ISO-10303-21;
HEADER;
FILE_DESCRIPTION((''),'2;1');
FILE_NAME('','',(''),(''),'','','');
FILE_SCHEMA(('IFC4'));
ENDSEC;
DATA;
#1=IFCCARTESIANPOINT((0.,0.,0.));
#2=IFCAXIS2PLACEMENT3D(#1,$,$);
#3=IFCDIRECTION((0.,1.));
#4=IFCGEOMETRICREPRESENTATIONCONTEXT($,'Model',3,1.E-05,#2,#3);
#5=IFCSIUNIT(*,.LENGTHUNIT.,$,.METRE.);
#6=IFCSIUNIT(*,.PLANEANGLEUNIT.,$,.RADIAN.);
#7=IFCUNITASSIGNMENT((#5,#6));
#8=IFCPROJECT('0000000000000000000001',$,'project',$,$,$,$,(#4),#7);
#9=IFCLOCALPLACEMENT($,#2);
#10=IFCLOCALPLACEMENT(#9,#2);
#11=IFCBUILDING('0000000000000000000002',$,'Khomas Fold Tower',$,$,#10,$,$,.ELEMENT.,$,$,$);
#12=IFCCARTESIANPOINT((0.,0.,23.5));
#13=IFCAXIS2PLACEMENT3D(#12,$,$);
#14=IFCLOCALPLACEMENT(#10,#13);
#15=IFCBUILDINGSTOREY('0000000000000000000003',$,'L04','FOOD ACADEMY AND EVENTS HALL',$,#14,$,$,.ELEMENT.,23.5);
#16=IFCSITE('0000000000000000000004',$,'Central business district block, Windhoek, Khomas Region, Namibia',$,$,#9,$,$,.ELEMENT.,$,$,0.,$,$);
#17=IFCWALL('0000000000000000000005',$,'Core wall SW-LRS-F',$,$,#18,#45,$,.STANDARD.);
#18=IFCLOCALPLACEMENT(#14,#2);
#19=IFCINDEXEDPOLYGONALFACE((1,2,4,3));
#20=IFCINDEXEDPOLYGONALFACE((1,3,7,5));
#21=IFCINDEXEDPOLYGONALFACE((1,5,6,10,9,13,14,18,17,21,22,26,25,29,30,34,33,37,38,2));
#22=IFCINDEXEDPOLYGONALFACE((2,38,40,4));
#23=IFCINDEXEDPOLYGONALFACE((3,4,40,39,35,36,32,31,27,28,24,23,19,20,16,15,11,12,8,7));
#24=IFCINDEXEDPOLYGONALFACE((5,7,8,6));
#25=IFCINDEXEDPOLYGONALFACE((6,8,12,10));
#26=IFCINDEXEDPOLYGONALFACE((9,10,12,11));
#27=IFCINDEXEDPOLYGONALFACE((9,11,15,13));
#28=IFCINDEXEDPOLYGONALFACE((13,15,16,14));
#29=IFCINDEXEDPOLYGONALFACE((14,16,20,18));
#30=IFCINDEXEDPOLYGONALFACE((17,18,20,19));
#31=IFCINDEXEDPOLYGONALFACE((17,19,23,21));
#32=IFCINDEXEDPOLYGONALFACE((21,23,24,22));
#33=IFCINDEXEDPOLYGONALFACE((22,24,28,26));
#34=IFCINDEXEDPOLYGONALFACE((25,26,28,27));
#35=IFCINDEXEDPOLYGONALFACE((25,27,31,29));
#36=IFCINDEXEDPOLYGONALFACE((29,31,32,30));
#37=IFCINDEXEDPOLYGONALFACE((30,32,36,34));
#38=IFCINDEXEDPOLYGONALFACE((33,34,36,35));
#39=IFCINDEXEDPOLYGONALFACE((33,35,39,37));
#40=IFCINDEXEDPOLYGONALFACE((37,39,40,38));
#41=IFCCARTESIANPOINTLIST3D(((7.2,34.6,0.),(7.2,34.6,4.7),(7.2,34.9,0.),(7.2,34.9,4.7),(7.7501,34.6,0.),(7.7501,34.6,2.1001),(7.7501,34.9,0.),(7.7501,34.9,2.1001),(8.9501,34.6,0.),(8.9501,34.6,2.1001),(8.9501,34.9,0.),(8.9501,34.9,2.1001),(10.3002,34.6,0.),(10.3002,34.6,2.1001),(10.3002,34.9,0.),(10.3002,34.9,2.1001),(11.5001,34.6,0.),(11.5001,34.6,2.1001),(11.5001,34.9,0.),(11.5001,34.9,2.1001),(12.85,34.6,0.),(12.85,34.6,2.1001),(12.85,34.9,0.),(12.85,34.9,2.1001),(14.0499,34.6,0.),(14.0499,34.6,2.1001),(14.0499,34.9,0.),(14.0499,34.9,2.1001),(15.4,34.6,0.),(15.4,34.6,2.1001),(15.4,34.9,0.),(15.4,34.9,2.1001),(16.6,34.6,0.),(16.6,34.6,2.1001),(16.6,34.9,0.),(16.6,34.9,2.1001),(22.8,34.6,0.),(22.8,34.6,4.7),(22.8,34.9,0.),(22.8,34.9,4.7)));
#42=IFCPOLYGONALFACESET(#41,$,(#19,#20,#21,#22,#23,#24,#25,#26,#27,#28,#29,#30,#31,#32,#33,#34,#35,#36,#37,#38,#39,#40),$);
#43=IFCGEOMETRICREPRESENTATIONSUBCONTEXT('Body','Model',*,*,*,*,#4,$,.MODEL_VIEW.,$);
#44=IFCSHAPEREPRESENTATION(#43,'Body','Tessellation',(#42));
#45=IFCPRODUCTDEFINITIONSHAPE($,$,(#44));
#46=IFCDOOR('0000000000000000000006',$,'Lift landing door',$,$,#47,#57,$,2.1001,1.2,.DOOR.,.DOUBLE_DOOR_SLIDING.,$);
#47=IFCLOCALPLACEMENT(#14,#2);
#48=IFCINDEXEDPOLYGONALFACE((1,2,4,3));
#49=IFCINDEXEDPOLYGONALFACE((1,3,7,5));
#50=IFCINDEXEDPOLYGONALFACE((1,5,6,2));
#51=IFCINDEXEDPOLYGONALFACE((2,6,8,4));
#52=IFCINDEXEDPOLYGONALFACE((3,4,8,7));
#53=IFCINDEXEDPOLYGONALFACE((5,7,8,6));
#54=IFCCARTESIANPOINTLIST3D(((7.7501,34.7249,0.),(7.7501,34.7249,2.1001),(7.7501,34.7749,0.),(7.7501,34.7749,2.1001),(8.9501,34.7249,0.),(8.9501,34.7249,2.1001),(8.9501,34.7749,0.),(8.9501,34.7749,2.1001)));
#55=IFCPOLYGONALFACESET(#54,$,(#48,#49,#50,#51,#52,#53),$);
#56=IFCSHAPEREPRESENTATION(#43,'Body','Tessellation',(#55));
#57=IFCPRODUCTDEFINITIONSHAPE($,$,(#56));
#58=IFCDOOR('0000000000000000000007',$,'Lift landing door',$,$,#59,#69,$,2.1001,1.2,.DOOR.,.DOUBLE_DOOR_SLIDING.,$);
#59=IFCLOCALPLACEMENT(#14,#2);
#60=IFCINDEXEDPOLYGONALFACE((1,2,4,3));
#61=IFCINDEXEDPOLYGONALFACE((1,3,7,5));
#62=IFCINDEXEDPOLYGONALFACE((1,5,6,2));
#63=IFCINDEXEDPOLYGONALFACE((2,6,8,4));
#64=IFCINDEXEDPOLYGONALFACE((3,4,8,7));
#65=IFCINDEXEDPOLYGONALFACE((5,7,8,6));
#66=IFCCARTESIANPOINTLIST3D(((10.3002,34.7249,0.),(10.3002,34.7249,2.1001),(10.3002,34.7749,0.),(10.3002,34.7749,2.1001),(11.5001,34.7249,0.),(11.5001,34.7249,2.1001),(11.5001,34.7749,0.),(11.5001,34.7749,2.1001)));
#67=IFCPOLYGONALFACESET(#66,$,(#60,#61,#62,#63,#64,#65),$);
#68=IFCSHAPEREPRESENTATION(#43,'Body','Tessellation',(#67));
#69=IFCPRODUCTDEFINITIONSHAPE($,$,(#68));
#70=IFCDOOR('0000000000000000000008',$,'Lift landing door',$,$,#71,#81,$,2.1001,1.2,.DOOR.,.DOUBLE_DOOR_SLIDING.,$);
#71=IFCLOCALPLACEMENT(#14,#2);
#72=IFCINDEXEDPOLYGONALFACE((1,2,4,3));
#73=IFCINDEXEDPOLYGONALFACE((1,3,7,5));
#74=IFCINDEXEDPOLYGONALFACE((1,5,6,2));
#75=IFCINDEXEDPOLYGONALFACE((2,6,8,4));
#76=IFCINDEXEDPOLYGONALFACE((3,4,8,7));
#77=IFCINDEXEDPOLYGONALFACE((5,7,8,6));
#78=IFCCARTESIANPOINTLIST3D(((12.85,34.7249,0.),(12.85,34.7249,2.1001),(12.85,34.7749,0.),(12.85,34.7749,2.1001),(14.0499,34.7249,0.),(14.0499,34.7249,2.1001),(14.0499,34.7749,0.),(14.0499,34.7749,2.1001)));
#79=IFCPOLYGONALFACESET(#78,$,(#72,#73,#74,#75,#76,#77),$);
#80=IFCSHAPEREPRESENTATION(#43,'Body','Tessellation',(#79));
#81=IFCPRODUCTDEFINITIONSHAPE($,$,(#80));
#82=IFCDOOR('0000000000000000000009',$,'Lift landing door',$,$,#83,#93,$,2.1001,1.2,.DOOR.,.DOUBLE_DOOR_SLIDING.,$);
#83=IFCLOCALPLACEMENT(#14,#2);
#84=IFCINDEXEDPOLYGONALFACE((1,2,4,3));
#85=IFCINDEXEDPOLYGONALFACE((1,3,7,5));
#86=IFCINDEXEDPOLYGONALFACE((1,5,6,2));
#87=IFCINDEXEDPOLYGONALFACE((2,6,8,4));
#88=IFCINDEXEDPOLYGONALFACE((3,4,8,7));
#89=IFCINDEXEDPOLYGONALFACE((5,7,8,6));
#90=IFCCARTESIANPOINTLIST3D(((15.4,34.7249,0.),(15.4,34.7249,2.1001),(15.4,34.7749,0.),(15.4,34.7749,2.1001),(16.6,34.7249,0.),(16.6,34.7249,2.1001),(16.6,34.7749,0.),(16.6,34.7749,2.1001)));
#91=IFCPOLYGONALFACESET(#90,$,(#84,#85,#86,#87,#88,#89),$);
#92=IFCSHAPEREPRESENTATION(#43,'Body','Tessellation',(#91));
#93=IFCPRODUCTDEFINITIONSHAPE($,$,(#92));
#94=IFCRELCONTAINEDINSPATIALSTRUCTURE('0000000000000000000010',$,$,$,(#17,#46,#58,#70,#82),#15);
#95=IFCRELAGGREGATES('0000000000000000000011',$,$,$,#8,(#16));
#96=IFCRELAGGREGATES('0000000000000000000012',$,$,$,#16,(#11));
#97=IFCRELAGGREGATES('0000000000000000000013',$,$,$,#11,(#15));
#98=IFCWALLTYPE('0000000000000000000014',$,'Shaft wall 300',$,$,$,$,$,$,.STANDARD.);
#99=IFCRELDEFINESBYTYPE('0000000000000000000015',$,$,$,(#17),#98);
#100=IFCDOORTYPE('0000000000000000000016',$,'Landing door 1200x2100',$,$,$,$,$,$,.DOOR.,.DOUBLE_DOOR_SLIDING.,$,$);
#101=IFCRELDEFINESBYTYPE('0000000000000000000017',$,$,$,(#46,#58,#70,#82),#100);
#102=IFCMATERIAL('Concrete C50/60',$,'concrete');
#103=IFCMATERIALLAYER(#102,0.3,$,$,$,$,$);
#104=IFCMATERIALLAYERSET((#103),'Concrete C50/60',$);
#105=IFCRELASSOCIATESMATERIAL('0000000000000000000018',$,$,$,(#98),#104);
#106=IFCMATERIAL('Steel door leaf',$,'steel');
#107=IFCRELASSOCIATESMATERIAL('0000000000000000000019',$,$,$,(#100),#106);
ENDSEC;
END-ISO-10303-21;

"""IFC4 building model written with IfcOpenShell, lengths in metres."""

from ifc_helpers import new_model, si_unit, direction, frame, frame_2d, origin, place, context, subcontext, project, spatial, rectangle, extrude, source, transform, mapped, material, layer, layer_set, type_object, element, fill, save


model = new_model("IFC4")

# Units and contexts
model_context = context("Model", 3, precision=1e-05, world=origin(), true_north=direction((0.0, 1.0)))
body_context = subcontext(model_context, "Body", "Model", "MODEL_VIEW")
ifc_project = project(units=[si_unit("LENGTHUNIT", "METRE"), si_unit("PLANEANGLEUNIT", "RADIAN")], contexts=[model_context])

# Site, building, storey
site_placement = place(None, origin())
site = spatial("IfcSite", under=ifc_project, at=site_placement, Name="Central business district block, Windhoek, Khomas Region, Namibia", CompositionType="ELEMENT", RefElevation=0.0)
building_placement = place(site_placement, origin())
building = spatial("IfcBuilding", under=site, at=building_placement, Name="Khomas Fold Tower", CompositionType="ELEMENT")
storey_placement = place(building_placement, frame((0.0, 0.0, 23.5)))
storey = spatial("IfcBuildingStorey", under=building, at=storey_placement, Name="L04", Description="FOOD ACADEMY AND EVENTS HALL", CompositionType="ELEMENT", Elevation=23.5)

# Shared definitions
ifc_material_1 = material(Name="Concrete C50/60", Category="concrete")
ifc_layer_1 = layer(ifc_material_1, 0.3)
ifc_layer_set_1 = layer_set([ifc_layer_1], Name="Concrete C50/60")
wall_type_1 = type_object("IfcWallType", Name="Shaft wall 300", PredefinedType="STANDARD", material=ifc_layer_set_1)
shared_shape_1 = source(origin(), body_context, "Body", "SweptSolid", [
    extrude(rectangle(XDim=15.6001, YDim=0.3, at=frame_2d((7.8, 0.0))), origin(), (0.0, 0.0, 1.0), 4.7),
])

# Wall, openings, doors
shared_shape_2 = source(origin(), body_context, "Body", "SweptSolid", [
    extrude(rectangle(XDim=1.2, YDim=2.1001, at=frame_2d((0.6001, 1.05))), frame((0.0, 0.1599, 0.0), z_axis=(0.0, -1.0, 0.0), x_axis=(1.0, 0.0, 0.0)), (0.0, 0.0, 1.0), 0.3201),
])
ifc_material_2 = material(Name="Steel door leaf", Category="steel")
door_type_1 = type_object("IfcDoorType", Name="Landing door 1200x2100", OperationType="DOUBLE_DOOR_SLIDING", PredefinedType="DOOR", material=ifc_material_2)
shared_shape_3 = source(origin(), body_context, "Body", "SweptSolid", [
    extrude(rectangle(XDim=1.2, YDim=2.1001, at=frame_2d((0.6001, 1.05))), frame((0.0, 0.0249, 0.0), z_axis=(0.0, -1.0, 0.0), x_axis=(1.0, 0.0, 0.0)), (0.0, 0.0, 1.0), 0.05),
])
wall_1_placement = place(storey_placement, frame((7.2, 34.75, 0.0), z_axis=(0.0, 0.0, 1.0), x_axis=(1.0, 0.0, 0.0)))
wall_1 = element("IfcWall", 1, at=wall_1_placement, inside=storey, type_object=wall_type_1, Name="Core wall SW-LRS-F", PredefinedType="STANDARD", context=body_context, shape_type="MappedRepresentation", body=[
    mapped(shared_shape_1, transform((0.0, 0.0, 0.0))),
])
opening_1_placement = place(wall_1_placement, frame((0.55, 0.0, 0.0)))
opening_1 = element("IfcOpeningElement", 2, at=opening_1_placement, cuts=wall_1, PredefinedType="OPENING", context=body_context, shape_type="MappedRepresentation", body=[
    mapped(shared_shape_2, transform((0.0, 0.0, 0.0))),
])
opening_2_placement = place(wall_1_placement, frame((3.1001, 0.0, 0.0)))
opening_2 = element("IfcOpeningElement", 3, at=opening_2_placement, cuts=wall_1, PredefinedType="OPENING", context=body_context, shape_type="MappedRepresentation", body=[
    mapped(shared_shape_2, transform((0.0, 0.0, 0.0))),
])
opening_3_placement = place(wall_1_placement, frame((5.6499, 0.0, 0.0)))
opening_3 = element("IfcOpeningElement", 4, at=opening_3_placement, cuts=wall_1, PredefinedType="OPENING", context=body_context, shape_type="MappedRepresentation", body=[
    mapped(shared_shape_2, transform((0.0, 0.0, 0.0))),
])
opening_4_placement = place(wall_1_placement, frame((8.2, 0.0, 0.0)))
opening_4 = element("IfcOpeningElement", 5, at=opening_4_placement, cuts=wall_1, PredefinedType="OPENING", context=body_context, shape_type="MappedRepresentation", body=[
    mapped(shared_shape_2, transform((0.0, 0.0, 0.0))),
])
door_1_placement = place(opening_1_placement, origin())
door_1 = element("IfcDoor", 6, at=door_1_placement, inside=storey, type_object=door_type_1, Name="Lift landing door", OperationType="DOUBLE_DOOR_SLIDING", OverallHeight=2.1001, OverallWidth=1.2, PredefinedType="DOOR", context=body_context, shape_type="MappedRepresentation", body=[
    mapped(shared_shape_3, transform((0.0, 0.0, 0.0))),
])
fill(opening_1, door_1)
door_2_placement = place(opening_2_placement, origin())
door_2 = element("IfcDoor", 7, at=door_2_placement, inside=storey, type_object=door_type_1, Name="Lift landing door", OperationType="DOUBLE_DOOR_SLIDING", OverallHeight=2.1001, OverallWidth=1.2, PredefinedType="DOOR", context=body_context, shape_type="MappedRepresentation", body=[
    mapped(shared_shape_3, transform((0.0, 0.0, 0.0))),
])
fill(opening_2, door_2)
door_3_placement = place(opening_3_placement, origin())
door_3 = element("IfcDoor", 8, at=door_3_placement, inside=storey, type_object=door_type_1, Name="Lift landing door", OperationType="DOUBLE_DOOR_SLIDING", OverallHeight=2.1001, OverallWidth=1.2, PredefinedType="DOOR", context=body_context, shape_type="MappedRepresentation", body=[
    mapped(shared_shape_3, transform((0.0, 0.0, 0.0))),
])
fill(opening_3, door_3)
door_4_placement = place(opening_4_placement, origin())
door_4 = element("IfcDoor", 9, at=door_4_placement, inside=storey, type_object=door_type_1, Name="Lift landing door", OperationType="DOUBLE_DOOR_SLIDING", OverallHeight=2.1001, OverallWidth=1.2, PredefinedType="DOOR", context=body_context, shape_type="MappedRepresentation", body=[
    mapped(shared_shape_3, transform((0.0, 0.0, 0.0))),
])
fill(opening_4, door_4)

save(model, "model.ifc")
